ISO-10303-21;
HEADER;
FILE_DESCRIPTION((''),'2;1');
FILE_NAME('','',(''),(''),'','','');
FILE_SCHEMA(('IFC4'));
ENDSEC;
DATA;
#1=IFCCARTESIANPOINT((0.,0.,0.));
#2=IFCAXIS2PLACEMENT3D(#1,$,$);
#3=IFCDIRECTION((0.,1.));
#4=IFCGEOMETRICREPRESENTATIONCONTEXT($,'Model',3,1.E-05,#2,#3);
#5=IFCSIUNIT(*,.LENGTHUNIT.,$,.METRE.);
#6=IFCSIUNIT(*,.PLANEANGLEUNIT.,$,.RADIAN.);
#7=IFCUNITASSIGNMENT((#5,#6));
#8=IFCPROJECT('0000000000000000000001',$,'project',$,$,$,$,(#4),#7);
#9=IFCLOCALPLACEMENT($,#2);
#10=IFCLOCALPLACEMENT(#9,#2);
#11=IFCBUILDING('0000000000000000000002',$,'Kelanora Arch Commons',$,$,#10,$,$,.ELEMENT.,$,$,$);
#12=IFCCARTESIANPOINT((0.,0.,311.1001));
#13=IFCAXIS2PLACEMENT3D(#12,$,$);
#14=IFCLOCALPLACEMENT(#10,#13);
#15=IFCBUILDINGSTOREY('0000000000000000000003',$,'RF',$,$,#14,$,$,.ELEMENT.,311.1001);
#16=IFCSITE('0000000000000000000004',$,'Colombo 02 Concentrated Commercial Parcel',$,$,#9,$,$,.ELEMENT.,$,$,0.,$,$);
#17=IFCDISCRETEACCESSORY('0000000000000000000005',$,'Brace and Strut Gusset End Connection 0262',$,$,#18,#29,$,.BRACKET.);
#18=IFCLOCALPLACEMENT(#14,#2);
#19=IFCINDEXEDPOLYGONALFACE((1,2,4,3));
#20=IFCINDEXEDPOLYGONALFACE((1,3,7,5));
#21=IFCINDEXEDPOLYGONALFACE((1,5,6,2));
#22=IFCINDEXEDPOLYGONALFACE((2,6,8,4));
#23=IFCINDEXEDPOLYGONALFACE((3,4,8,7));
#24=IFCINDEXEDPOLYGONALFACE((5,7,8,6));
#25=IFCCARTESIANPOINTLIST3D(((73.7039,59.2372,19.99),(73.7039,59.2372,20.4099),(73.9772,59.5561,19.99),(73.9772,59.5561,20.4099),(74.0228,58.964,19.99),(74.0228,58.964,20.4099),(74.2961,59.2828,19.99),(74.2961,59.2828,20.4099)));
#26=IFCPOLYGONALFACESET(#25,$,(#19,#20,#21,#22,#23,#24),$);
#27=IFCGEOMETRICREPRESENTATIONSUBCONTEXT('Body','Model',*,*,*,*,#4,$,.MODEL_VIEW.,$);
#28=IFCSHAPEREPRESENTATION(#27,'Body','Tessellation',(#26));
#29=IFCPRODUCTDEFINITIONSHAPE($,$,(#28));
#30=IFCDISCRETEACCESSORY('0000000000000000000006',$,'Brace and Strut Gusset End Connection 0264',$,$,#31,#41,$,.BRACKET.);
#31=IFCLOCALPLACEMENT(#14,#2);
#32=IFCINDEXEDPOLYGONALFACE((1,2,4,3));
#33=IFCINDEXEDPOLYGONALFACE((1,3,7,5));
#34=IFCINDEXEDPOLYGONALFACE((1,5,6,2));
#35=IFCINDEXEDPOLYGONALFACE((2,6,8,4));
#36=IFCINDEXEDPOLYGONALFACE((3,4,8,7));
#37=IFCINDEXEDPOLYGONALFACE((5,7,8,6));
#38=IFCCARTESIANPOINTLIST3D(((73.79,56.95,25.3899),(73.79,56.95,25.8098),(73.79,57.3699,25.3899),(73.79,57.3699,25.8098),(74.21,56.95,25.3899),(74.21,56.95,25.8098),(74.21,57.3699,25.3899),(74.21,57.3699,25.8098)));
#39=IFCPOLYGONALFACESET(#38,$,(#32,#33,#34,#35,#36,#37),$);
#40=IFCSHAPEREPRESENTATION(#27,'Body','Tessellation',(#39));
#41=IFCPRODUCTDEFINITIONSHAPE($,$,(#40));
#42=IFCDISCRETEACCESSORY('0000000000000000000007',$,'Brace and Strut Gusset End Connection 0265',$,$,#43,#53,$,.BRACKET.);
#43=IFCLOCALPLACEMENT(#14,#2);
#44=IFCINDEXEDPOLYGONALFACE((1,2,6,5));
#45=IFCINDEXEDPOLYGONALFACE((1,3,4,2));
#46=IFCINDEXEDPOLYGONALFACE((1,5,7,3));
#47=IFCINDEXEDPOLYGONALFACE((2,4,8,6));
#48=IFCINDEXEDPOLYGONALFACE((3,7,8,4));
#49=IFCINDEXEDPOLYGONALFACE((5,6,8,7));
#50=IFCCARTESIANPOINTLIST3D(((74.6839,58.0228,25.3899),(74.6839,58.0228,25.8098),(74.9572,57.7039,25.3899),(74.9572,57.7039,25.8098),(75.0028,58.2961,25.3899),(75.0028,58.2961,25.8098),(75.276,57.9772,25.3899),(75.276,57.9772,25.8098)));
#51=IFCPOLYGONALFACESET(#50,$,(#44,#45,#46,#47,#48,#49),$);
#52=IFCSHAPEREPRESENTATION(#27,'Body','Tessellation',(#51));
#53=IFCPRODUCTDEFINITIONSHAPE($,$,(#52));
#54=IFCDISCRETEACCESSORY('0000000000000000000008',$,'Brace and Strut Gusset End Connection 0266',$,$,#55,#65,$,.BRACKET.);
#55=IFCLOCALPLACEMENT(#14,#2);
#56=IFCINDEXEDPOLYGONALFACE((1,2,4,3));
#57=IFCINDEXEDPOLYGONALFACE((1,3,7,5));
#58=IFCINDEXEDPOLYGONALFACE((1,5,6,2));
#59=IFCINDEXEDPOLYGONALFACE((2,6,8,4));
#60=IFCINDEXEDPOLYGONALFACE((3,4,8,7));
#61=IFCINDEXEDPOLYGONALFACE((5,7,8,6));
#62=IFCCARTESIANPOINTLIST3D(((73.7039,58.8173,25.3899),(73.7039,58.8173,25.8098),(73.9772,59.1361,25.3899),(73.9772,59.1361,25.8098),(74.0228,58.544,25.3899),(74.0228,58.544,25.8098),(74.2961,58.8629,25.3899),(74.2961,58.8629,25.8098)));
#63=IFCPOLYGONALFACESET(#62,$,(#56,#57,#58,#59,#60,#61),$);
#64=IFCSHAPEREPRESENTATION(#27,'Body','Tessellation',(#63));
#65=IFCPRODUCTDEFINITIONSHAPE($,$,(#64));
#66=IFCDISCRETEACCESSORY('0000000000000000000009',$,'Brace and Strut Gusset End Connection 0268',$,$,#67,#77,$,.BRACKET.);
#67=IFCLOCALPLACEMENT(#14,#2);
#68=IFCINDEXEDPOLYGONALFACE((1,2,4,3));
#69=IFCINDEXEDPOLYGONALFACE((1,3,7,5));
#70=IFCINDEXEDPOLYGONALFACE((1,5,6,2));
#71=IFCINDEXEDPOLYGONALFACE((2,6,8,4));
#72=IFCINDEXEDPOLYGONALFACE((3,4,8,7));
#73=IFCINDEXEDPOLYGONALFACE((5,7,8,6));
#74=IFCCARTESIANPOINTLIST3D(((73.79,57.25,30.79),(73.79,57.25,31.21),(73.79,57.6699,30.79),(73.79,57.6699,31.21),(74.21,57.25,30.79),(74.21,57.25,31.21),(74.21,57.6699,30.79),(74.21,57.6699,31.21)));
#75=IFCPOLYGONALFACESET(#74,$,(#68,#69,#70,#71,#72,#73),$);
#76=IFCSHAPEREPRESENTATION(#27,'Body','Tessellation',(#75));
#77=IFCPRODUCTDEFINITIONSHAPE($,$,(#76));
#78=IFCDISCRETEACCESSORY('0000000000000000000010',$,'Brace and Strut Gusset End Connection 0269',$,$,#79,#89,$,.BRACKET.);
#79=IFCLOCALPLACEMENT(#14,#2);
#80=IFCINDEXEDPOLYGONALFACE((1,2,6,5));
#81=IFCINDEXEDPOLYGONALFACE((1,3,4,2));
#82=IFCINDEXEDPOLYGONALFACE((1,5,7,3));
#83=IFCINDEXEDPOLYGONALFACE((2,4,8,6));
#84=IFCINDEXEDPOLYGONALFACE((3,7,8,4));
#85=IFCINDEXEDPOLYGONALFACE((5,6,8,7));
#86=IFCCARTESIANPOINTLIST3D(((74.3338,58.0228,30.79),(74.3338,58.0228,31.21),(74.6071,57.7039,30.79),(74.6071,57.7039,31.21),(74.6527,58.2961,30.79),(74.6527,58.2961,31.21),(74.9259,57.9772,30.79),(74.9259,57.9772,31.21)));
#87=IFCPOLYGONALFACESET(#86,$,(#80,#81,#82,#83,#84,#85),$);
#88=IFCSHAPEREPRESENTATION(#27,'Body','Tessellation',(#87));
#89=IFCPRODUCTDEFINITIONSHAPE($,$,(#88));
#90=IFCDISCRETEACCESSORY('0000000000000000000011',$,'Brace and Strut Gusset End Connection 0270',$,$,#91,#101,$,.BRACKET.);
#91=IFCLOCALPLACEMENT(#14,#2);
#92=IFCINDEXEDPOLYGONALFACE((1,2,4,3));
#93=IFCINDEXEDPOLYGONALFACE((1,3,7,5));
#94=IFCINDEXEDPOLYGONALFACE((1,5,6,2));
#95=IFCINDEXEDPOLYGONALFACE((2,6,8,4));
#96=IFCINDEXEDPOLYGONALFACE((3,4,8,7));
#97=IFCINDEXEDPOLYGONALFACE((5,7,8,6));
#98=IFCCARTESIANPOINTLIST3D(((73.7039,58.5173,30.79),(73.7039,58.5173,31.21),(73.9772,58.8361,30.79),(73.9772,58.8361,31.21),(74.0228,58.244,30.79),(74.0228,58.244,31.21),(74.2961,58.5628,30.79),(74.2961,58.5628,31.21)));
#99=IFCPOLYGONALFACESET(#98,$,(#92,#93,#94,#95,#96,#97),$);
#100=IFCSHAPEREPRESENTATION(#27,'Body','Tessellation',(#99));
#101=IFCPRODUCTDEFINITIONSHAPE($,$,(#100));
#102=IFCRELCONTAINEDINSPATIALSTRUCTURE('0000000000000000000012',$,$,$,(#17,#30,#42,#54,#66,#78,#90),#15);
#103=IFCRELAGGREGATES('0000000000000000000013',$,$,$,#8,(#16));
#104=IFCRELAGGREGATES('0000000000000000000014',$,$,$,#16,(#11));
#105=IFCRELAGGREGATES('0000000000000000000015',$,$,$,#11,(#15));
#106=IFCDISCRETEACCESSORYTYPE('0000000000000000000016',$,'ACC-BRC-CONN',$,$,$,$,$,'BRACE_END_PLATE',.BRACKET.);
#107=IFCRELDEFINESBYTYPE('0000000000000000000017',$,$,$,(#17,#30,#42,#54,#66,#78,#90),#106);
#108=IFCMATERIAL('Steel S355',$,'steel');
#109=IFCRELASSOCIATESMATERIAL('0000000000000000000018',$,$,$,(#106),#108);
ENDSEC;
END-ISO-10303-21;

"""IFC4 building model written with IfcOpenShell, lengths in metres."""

from ifc_helpers import new_model, si_unit, direction, frame, origin, origin_2d, place, context, subcontext, project, spatial, rectangle, extrude, source, transform, mapped, material, type_object, element, save


model = new_model("IFC4")

# Units and contexts
model_context = context("Model", 3, precision=1e-05, world=origin(), true_north=direction((0.0, 1.0)))
body_context = subcontext(model_context, "Body", "Model", "MODEL_VIEW")
ifc_project = project(units=[si_unit("LENGTHUNIT", "METRE"), si_unit("PLANEANGLEUNIT", "RADIAN")], contexts=[model_context])

# Site, building, storey
site_placement = place(None, origin())
site = spatial("IfcSite", under=ifc_project, at=site_placement, Name="Colombo 02 Concentrated Commercial Parcel", CompositionType="ELEMENT", RefElevation=0.0)
building_placement = place(site_placement, origin())
building = spatial("IfcBuilding", under=site, at=building_placement, Name="Kelanora Arch Commons", CompositionType="ELEMENT")
storey_placement = place(building_placement, frame((0.0, 0.0, 311.1001)))
storey = spatial("IfcBuildingStorey", under=building, at=storey_placement, Name="RF", CompositionType="ELEMENT", Elevation=311.1001)

# Shared definitions
ifc_material = material(Name="Steel S355", Category="steel")

# Discrete accessories
discrete_accessory_type = type_object("IfcDiscreteAccessoryType", Name="ACC-BRC-CONN", ElementType="BRACE_END_PLATE", PredefinedType="BRACKET", material=ifc_material)
shared_shape = source(origin(), body_context, "Body", "SweptSolid", [
    extrude(rectangle(XDim=0.4199, YDim=0.4199, at=origin_2d()), origin(), (0.0, 0.0, 1.0), 0.4199),
])
for number, where, z_axis, x_axis, name in (
    (1, (74.0, 59.26, 19.99), (0.0, 0.0, 1.0), (-0.759271, 0.650774, 0.0), "Brace and Strut Gusset End Connection 0262"),
    (2, (74.0, 57.1599, 25.3899), (0.0, 0.0, 1.0), (0.0, 1.0, 0.0), "Brace and Strut Gusset End Connection 0264"),
    (3, (74.98, 58.0, 25.3899), (0.0, 0.0, 1.0), (0.759271, 0.650774, 0.0), "Brace and Strut Gusset End Connection 0265"),
    (4, (74.0, 58.8401, 25.3899), (0.0, 0.0, 1.0), (-0.759271, 0.650774, 0.0), "Brace and Strut Gusset End Connection 0266"),
    (5, (74.0, 57.46, 30.79), (0.0, 0.0, 1.0), (0.0, 1.0, 0.0), "Brace and Strut Gusset End Connection 0268"),
    (6, (74.6299, 58.0, 30.79), (0.0, 0.0, 1.0), (0.759271, 0.650774, 0.0), "Brace and Strut Gusset End Connection 0269"),
    (7, (74.0, 58.54, 30.79), (0.0, 0.0, 1.0), (-0.759271, 0.650774, 0.0), "Brace and Strut Gusset End Connection 0270"),
):
    element("IfcDiscreteAccessory", number, at=place(storey_placement, frame(where, z_axis=z_axis, x_axis=x_axis)), inside=storey, type_object=discrete_accessory_type, Name=name, PredefinedType="BRACKET", context=body_context, shape_type="MappedRepresentation", body=[
        mapped(shared_shape, transform((0.0, 0.0, 0.0), scale=1.0)),
    ])

save(model, "model.ifc")
